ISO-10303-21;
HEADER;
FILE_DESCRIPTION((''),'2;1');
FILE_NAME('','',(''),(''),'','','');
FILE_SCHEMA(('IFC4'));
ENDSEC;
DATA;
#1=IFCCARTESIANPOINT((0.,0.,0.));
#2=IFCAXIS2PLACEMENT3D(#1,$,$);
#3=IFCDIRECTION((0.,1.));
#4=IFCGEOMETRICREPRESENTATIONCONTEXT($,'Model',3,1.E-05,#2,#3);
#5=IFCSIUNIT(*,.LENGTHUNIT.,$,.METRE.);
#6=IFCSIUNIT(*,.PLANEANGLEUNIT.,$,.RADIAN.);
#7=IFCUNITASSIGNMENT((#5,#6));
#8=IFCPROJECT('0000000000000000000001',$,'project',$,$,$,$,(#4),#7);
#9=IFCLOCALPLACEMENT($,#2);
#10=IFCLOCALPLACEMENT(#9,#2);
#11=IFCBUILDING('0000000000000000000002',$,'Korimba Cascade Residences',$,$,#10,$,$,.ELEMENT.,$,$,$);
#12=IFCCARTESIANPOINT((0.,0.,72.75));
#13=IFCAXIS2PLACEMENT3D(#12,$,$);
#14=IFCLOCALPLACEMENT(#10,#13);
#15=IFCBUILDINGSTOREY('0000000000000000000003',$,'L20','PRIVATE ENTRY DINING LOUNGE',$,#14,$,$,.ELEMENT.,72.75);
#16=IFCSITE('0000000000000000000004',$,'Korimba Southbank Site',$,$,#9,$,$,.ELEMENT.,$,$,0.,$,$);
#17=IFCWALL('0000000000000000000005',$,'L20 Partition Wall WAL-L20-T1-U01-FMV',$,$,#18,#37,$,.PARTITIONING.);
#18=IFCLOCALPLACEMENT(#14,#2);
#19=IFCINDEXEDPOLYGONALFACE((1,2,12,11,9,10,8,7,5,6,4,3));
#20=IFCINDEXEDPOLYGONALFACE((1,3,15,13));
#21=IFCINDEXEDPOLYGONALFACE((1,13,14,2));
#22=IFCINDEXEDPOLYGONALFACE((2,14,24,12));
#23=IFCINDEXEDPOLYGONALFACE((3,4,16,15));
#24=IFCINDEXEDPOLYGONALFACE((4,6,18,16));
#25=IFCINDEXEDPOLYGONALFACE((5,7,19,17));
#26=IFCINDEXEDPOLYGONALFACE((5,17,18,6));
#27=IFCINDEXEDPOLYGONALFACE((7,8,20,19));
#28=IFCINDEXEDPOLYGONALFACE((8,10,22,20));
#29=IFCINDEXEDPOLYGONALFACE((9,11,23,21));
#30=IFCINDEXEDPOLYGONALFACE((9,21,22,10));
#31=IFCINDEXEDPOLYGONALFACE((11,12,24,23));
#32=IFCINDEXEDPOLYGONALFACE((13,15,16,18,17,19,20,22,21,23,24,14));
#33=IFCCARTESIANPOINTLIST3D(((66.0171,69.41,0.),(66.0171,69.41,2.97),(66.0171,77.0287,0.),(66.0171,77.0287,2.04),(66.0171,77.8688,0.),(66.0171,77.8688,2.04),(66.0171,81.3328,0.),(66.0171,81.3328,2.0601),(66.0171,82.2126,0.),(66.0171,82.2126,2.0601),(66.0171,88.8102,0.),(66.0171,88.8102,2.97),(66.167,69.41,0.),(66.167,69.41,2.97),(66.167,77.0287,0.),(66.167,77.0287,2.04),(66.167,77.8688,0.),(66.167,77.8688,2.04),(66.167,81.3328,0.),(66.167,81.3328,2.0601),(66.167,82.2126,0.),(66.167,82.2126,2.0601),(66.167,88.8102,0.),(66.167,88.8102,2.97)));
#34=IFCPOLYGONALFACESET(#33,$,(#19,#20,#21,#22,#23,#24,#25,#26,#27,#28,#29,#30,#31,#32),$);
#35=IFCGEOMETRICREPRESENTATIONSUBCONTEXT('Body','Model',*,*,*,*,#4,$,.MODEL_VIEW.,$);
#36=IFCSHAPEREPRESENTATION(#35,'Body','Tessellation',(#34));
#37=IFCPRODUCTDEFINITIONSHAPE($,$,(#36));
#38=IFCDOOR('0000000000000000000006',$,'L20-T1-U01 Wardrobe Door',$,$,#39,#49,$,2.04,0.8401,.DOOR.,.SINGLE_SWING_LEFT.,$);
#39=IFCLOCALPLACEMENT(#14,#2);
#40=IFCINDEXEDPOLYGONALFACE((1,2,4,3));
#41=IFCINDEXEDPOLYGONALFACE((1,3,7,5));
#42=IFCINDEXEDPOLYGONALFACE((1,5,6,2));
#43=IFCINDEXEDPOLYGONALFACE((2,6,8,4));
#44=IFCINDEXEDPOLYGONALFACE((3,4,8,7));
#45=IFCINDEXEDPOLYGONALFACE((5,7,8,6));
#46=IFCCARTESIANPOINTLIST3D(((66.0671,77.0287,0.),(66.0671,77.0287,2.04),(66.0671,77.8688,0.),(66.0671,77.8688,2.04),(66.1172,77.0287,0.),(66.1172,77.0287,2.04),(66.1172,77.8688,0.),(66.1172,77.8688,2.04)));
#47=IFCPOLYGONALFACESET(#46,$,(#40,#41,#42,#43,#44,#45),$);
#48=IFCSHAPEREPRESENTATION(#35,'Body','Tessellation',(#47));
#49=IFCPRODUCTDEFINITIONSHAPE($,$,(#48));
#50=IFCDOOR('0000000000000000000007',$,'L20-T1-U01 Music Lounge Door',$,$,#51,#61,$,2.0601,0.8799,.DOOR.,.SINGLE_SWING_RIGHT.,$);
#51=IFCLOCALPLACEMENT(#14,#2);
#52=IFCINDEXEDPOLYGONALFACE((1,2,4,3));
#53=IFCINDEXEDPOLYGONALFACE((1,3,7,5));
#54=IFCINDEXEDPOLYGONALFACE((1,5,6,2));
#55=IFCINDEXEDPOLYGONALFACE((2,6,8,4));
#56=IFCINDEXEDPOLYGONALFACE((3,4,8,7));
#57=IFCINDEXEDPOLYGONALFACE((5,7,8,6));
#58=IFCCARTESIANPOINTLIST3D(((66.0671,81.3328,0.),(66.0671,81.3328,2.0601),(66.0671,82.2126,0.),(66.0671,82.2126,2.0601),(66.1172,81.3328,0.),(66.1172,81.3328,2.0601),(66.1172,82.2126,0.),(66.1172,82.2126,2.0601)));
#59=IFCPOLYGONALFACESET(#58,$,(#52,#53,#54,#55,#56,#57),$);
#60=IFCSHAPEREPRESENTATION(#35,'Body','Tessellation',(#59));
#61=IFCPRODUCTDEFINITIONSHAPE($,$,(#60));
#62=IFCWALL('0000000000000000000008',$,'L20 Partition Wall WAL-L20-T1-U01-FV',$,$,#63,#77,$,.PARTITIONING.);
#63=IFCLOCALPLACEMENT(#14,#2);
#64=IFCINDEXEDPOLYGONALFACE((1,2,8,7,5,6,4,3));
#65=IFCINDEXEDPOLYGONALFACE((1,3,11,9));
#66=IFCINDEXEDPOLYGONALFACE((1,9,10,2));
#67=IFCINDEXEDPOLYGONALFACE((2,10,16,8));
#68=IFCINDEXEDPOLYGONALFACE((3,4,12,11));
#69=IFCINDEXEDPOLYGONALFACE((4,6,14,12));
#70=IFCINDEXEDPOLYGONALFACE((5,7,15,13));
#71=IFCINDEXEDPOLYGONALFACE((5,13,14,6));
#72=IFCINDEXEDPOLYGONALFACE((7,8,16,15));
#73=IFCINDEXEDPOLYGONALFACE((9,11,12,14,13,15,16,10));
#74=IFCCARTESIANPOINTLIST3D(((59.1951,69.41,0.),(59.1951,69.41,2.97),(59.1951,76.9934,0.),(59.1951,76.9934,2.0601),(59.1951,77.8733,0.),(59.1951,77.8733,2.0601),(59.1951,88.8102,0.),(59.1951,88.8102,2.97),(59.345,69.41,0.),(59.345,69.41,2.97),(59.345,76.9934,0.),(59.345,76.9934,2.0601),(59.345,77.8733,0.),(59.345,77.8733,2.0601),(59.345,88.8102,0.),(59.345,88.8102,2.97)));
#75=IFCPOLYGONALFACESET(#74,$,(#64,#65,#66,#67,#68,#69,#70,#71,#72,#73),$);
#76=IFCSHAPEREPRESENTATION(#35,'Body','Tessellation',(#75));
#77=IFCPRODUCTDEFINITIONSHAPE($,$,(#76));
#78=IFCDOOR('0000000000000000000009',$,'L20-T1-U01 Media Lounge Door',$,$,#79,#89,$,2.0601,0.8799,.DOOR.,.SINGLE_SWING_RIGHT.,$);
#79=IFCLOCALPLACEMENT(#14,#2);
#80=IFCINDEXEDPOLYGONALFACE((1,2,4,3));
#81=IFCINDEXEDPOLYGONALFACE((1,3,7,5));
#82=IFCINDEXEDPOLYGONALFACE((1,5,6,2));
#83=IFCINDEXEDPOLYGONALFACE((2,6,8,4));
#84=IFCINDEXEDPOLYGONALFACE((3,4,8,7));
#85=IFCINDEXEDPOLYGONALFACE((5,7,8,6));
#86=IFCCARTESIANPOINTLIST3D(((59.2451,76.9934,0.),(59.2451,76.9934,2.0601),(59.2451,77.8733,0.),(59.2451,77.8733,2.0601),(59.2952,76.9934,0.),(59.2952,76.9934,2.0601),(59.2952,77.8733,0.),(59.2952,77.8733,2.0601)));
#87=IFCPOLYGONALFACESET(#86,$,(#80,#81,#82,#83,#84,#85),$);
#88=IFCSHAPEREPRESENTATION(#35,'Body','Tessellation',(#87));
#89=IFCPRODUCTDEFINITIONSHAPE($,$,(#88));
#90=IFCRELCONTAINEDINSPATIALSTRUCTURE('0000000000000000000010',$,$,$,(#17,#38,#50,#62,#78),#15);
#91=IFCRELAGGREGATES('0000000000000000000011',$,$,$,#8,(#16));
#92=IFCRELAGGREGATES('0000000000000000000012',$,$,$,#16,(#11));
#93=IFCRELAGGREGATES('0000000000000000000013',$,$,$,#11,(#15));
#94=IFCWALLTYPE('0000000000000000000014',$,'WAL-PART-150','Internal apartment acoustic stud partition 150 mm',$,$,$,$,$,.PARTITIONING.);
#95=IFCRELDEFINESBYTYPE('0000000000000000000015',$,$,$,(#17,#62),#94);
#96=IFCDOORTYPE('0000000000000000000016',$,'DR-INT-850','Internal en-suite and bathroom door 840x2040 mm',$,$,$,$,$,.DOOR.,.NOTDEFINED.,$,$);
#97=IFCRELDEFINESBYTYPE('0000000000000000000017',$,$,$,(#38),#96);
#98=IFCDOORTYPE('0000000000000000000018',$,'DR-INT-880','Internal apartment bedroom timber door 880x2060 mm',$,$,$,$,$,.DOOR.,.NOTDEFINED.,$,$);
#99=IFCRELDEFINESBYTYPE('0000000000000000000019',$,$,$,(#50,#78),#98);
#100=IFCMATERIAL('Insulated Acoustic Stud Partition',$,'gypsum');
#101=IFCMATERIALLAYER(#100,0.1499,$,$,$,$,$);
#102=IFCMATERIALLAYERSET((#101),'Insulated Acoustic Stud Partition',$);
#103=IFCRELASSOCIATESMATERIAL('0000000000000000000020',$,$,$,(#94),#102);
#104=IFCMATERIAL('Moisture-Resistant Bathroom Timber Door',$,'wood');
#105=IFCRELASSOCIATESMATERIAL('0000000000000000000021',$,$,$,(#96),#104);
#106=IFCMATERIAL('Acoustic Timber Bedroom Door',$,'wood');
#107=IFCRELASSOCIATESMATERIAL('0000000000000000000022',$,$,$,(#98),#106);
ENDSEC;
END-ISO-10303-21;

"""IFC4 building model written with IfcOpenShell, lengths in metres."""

from ifc_helpers import new_model, si_unit, direction, frame, frame_2d, origin, place, context, subcontext, project, spatial, rectangle, extrude, material, layer, layer_set, type_object, element, fill, save


model = new_model("IFC4")

# Units and contexts
model_context = context("Model", 3, precision=1e-05, world=origin(), true_north=direction((0.0, 1.0)))
body_context = subcontext(model_context, "Body", "Model", "MODEL_VIEW")
ifc_project = project(units=[si_unit("LENGTHUNIT", "METRE"), si_unit("PLANEANGLEUNIT", "RADIAN")], contexts=[model_context])

# Site, building, storey
site_placement = place(None, origin())
site = spatial("IfcSite", under=ifc_project, at=site_placement, Name="Korimba Southbank Site", CompositionType="ELEMENT", RefElevation=0.0)
building_placement = place(site_placement, origin())
building = spatial("IfcBuilding", under=site, at=building_placement, Name="Korimba Cascade Residences", CompositionType="ELEMENT")
storey_placement = place(building_placement, frame((0.0, 0.0, 72.75)))
storey = spatial("IfcBuildingStorey", under=building, at=storey_placement, Name="L20", Description="PRIVATE ENTRY DINING LOUNGE", CompositionType="ELEMENT", Elevation=72.75)

# Shared definitions
ifc_material_1 = material(Name="Insulated Acoustic Stud Partition", Category="gypsum")
ifc_layer_1 = layer(ifc_material_1, 0.1499)
ifc_layer_set_1 = layer_set([ifc_layer_1], Name="Insulated Acoustic Stud Partition")
wall_type_1 = type_object("IfcWallType", Name="WAL-PART-150", Description="Internal apartment acoustic stud partition 150 mm", PredefinedType="PARTITIONING", material=ifc_layer_set_1)
ifc_material_2 = material(Name="Moisture-Resistant Bathroom Timber Door", Category="wood")
door_type_1 = type_object("IfcDoorType", Name="DR-INT-850", Description="Internal en-suite and bathroom door 840x2040 mm", OperationType="NOTDEFINED", PredefinedType="DOOR", material=ifc_material_2)

# Wall, openings, doors
wall_1_placement = place(storey_placement, frame((66.092, 69.4099, 0.0), z_axis=(0.0, 0.0, 1.0), x_axis=(0.0, 1.0, 0.0)))
wall_1 = element("IfcWall", 1, at=wall_1_placement, inside=storey, type_object=wall_type_1, Name="L20 Partition Wall WAL-L20-T1-U01-FMV", PredefinedType="PARTITIONING", context=body_context, shape_type="SweptSolid", body=[
    extrude(rectangle(XDim=19.4001, YDim=0.1499, at=frame_2d((9.7002, 0.0))), origin(), (0.0, 0.0, 1.0), 2.97),
])
opening_1_placement = place(wall_1_placement, frame((7.6189, 0.0, 0.0)))
opening_1 = element("IfcOpeningElement", 2, at=opening_1_placement, cuts=wall_1, PredefinedType="OPENING", context=body_context, shape_type="SweptSolid", body=[
    extrude(rectangle(XDim=0.8401, YDim=2.04, at=frame_2d((0.4199, 1.02))), frame((0.0, 0.085, 0.0), z_axis=(0.0, -1.0, 0.0), x_axis=(1.0, 0.0, 0.0)), (0.0, 0.0, 1.0), 0.1699),
])
opening_2_placement = place(wall_1_placement, frame((11.9229, 0.0, 0.0)))
opening_2 = element("IfcOpeningElement", 3, at=opening_2_placement, cuts=wall_1, PredefinedType="OPENING", context=body_context, shape_type="SweptSolid", body=[
    extrude(rectangle(XDim=0.8799, YDim=2.0601, at=frame_2d((0.4399, 1.03))), frame((0.0, 0.085, 0.0), z_axis=(0.0, -1.0, 0.0), x_axis=(1.0, 0.0, 0.0)), (0.0, 0.0, 1.0), 0.1699),
])
door_1_placement = place(opening_1_placement, origin())
door_1 = element("IfcDoor", 4, at=door_1_placement, inside=storey, type_object=door_type_1, Name="L20-T1-U01 Wardrobe Door", OperationType="SINGLE_SWING_LEFT", OverallHeight=2.04, OverallWidth=0.8401, PredefinedType="DOOR", context=body_context, shape_type="SweptSolid", body=[
    extrude(rectangle(XDim=0.8401, YDim=2.04, at=frame_2d((0.4199, 1.02))), frame((0.0, 0.0249, 0.0), z_axis=(0.0, -1.0, 0.0), x_axis=(1.0, 0.0, 0.0)), (0.0, 0.0, 1.0), 0.05),
])
fill(opening_1, door_1)
ifc_material_3 = material(Name="Acoustic Timber Bedroom Door", Category="wood")
door_type_2 = type_object("IfcDoorType", Name="DR-INT-880", Description="Internal apartment bedroom timber door 880x2060 mm", OperationType="NOTDEFINED", PredefinedType="DOOR", material=ifc_material_3)
door_2_placement = place(opening_2_placement, origin())
door_2 = element("IfcDoor", 5, at=door_2_placement, inside=storey, type_object=door_type_2, Name="L20-T1-U01 Music Lounge Door", OperationType="SINGLE_SWING_RIGHT", OverallHeight=2.0601, OverallWidth=0.8799, PredefinedType="DOOR", context=body_context, shape_type="SweptSolid", body=[
    extrude(rectangle(XDim=0.8799, YDim=2.0601, at=frame_2d((0.4399, 1.03))), frame((0.0, 0.0249, 0.0), z_axis=(0.0, -1.0, 0.0), x_axis=(1.0, 0.0, 0.0)), (0.0, 0.0, 1.0), 0.05),
])
fill(opening_2, door_2)

# Wall, opening, door
wall_2_placement = place(storey_placement, frame((59.27, 69.4099, 0.0), z_axis=(0.0, 0.0, 1.0), x_axis=(0.0, 1.0, 0.0)))
wall_2 = element("IfcWall", 6, at=wall_2_placement, inside=storey, type_object=wall_type_1, Name="L20 Partition Wall WAL-L20-T1-U01-FV", PredefinedType="PARTITIONING", context=body_context, shape_type="SweptSolid", body=[
    extrude(rectangle(XDim=19.4001, YDim=0.1499, at=frame_2d((9.7002, 0.0))), origin(), (0.0, 0.0, 1.0), 2.97),
])
opening_3_placement = place(wall_2_placement, frame((7.5835, 0.0, 0.0)))
opening_3 = element("IfcOpeningElement", 7, at=opening_3_placement, cuts=wall_2, PredefinedType="OPENING", context=body_context, shape_type="SweptSolid", body=[
    extrude(rectangle(XDim=0.8799, YDim=2.0601, at=frame_2d((0.4399, 1.03))), frame((0.0, 0.085, 0.0), z_axis=(0.0, -1.0, 0.0), x_axis=(1.0, 0.0, 0.0)), (0.0, 0.0, 1.0), 0.1699),
])
door_3_placement = place(opening_3_placement, origin())
door_3 = element("IfcDoor", 8, at=door_3_placement, inside=storey, type_object=door_type_2, Name="L20-T1-U01 Media Lounge Door", OperationType="SINGLE_SWING_RIGHT", OverallHeight=2.0601, OverallWidth=0.8799, PredefinedType="DOOR", context=body_context, shape_type="SweptSolid", body=[
    extrude(rectangle(XDim=0.8799, YDim=2.0601, at=frame_2d((0.4399, 1.03))), frame((0.0, 0.0249, 0.0), z_axis=(0.0, -1.0, 0.0), x_axis=(1.0, 0.0, 0.0)), (0.0, 0.0, 1.0), 0.05),
])
fill(opening_3, door_3)

save(model, "model.ifc")
